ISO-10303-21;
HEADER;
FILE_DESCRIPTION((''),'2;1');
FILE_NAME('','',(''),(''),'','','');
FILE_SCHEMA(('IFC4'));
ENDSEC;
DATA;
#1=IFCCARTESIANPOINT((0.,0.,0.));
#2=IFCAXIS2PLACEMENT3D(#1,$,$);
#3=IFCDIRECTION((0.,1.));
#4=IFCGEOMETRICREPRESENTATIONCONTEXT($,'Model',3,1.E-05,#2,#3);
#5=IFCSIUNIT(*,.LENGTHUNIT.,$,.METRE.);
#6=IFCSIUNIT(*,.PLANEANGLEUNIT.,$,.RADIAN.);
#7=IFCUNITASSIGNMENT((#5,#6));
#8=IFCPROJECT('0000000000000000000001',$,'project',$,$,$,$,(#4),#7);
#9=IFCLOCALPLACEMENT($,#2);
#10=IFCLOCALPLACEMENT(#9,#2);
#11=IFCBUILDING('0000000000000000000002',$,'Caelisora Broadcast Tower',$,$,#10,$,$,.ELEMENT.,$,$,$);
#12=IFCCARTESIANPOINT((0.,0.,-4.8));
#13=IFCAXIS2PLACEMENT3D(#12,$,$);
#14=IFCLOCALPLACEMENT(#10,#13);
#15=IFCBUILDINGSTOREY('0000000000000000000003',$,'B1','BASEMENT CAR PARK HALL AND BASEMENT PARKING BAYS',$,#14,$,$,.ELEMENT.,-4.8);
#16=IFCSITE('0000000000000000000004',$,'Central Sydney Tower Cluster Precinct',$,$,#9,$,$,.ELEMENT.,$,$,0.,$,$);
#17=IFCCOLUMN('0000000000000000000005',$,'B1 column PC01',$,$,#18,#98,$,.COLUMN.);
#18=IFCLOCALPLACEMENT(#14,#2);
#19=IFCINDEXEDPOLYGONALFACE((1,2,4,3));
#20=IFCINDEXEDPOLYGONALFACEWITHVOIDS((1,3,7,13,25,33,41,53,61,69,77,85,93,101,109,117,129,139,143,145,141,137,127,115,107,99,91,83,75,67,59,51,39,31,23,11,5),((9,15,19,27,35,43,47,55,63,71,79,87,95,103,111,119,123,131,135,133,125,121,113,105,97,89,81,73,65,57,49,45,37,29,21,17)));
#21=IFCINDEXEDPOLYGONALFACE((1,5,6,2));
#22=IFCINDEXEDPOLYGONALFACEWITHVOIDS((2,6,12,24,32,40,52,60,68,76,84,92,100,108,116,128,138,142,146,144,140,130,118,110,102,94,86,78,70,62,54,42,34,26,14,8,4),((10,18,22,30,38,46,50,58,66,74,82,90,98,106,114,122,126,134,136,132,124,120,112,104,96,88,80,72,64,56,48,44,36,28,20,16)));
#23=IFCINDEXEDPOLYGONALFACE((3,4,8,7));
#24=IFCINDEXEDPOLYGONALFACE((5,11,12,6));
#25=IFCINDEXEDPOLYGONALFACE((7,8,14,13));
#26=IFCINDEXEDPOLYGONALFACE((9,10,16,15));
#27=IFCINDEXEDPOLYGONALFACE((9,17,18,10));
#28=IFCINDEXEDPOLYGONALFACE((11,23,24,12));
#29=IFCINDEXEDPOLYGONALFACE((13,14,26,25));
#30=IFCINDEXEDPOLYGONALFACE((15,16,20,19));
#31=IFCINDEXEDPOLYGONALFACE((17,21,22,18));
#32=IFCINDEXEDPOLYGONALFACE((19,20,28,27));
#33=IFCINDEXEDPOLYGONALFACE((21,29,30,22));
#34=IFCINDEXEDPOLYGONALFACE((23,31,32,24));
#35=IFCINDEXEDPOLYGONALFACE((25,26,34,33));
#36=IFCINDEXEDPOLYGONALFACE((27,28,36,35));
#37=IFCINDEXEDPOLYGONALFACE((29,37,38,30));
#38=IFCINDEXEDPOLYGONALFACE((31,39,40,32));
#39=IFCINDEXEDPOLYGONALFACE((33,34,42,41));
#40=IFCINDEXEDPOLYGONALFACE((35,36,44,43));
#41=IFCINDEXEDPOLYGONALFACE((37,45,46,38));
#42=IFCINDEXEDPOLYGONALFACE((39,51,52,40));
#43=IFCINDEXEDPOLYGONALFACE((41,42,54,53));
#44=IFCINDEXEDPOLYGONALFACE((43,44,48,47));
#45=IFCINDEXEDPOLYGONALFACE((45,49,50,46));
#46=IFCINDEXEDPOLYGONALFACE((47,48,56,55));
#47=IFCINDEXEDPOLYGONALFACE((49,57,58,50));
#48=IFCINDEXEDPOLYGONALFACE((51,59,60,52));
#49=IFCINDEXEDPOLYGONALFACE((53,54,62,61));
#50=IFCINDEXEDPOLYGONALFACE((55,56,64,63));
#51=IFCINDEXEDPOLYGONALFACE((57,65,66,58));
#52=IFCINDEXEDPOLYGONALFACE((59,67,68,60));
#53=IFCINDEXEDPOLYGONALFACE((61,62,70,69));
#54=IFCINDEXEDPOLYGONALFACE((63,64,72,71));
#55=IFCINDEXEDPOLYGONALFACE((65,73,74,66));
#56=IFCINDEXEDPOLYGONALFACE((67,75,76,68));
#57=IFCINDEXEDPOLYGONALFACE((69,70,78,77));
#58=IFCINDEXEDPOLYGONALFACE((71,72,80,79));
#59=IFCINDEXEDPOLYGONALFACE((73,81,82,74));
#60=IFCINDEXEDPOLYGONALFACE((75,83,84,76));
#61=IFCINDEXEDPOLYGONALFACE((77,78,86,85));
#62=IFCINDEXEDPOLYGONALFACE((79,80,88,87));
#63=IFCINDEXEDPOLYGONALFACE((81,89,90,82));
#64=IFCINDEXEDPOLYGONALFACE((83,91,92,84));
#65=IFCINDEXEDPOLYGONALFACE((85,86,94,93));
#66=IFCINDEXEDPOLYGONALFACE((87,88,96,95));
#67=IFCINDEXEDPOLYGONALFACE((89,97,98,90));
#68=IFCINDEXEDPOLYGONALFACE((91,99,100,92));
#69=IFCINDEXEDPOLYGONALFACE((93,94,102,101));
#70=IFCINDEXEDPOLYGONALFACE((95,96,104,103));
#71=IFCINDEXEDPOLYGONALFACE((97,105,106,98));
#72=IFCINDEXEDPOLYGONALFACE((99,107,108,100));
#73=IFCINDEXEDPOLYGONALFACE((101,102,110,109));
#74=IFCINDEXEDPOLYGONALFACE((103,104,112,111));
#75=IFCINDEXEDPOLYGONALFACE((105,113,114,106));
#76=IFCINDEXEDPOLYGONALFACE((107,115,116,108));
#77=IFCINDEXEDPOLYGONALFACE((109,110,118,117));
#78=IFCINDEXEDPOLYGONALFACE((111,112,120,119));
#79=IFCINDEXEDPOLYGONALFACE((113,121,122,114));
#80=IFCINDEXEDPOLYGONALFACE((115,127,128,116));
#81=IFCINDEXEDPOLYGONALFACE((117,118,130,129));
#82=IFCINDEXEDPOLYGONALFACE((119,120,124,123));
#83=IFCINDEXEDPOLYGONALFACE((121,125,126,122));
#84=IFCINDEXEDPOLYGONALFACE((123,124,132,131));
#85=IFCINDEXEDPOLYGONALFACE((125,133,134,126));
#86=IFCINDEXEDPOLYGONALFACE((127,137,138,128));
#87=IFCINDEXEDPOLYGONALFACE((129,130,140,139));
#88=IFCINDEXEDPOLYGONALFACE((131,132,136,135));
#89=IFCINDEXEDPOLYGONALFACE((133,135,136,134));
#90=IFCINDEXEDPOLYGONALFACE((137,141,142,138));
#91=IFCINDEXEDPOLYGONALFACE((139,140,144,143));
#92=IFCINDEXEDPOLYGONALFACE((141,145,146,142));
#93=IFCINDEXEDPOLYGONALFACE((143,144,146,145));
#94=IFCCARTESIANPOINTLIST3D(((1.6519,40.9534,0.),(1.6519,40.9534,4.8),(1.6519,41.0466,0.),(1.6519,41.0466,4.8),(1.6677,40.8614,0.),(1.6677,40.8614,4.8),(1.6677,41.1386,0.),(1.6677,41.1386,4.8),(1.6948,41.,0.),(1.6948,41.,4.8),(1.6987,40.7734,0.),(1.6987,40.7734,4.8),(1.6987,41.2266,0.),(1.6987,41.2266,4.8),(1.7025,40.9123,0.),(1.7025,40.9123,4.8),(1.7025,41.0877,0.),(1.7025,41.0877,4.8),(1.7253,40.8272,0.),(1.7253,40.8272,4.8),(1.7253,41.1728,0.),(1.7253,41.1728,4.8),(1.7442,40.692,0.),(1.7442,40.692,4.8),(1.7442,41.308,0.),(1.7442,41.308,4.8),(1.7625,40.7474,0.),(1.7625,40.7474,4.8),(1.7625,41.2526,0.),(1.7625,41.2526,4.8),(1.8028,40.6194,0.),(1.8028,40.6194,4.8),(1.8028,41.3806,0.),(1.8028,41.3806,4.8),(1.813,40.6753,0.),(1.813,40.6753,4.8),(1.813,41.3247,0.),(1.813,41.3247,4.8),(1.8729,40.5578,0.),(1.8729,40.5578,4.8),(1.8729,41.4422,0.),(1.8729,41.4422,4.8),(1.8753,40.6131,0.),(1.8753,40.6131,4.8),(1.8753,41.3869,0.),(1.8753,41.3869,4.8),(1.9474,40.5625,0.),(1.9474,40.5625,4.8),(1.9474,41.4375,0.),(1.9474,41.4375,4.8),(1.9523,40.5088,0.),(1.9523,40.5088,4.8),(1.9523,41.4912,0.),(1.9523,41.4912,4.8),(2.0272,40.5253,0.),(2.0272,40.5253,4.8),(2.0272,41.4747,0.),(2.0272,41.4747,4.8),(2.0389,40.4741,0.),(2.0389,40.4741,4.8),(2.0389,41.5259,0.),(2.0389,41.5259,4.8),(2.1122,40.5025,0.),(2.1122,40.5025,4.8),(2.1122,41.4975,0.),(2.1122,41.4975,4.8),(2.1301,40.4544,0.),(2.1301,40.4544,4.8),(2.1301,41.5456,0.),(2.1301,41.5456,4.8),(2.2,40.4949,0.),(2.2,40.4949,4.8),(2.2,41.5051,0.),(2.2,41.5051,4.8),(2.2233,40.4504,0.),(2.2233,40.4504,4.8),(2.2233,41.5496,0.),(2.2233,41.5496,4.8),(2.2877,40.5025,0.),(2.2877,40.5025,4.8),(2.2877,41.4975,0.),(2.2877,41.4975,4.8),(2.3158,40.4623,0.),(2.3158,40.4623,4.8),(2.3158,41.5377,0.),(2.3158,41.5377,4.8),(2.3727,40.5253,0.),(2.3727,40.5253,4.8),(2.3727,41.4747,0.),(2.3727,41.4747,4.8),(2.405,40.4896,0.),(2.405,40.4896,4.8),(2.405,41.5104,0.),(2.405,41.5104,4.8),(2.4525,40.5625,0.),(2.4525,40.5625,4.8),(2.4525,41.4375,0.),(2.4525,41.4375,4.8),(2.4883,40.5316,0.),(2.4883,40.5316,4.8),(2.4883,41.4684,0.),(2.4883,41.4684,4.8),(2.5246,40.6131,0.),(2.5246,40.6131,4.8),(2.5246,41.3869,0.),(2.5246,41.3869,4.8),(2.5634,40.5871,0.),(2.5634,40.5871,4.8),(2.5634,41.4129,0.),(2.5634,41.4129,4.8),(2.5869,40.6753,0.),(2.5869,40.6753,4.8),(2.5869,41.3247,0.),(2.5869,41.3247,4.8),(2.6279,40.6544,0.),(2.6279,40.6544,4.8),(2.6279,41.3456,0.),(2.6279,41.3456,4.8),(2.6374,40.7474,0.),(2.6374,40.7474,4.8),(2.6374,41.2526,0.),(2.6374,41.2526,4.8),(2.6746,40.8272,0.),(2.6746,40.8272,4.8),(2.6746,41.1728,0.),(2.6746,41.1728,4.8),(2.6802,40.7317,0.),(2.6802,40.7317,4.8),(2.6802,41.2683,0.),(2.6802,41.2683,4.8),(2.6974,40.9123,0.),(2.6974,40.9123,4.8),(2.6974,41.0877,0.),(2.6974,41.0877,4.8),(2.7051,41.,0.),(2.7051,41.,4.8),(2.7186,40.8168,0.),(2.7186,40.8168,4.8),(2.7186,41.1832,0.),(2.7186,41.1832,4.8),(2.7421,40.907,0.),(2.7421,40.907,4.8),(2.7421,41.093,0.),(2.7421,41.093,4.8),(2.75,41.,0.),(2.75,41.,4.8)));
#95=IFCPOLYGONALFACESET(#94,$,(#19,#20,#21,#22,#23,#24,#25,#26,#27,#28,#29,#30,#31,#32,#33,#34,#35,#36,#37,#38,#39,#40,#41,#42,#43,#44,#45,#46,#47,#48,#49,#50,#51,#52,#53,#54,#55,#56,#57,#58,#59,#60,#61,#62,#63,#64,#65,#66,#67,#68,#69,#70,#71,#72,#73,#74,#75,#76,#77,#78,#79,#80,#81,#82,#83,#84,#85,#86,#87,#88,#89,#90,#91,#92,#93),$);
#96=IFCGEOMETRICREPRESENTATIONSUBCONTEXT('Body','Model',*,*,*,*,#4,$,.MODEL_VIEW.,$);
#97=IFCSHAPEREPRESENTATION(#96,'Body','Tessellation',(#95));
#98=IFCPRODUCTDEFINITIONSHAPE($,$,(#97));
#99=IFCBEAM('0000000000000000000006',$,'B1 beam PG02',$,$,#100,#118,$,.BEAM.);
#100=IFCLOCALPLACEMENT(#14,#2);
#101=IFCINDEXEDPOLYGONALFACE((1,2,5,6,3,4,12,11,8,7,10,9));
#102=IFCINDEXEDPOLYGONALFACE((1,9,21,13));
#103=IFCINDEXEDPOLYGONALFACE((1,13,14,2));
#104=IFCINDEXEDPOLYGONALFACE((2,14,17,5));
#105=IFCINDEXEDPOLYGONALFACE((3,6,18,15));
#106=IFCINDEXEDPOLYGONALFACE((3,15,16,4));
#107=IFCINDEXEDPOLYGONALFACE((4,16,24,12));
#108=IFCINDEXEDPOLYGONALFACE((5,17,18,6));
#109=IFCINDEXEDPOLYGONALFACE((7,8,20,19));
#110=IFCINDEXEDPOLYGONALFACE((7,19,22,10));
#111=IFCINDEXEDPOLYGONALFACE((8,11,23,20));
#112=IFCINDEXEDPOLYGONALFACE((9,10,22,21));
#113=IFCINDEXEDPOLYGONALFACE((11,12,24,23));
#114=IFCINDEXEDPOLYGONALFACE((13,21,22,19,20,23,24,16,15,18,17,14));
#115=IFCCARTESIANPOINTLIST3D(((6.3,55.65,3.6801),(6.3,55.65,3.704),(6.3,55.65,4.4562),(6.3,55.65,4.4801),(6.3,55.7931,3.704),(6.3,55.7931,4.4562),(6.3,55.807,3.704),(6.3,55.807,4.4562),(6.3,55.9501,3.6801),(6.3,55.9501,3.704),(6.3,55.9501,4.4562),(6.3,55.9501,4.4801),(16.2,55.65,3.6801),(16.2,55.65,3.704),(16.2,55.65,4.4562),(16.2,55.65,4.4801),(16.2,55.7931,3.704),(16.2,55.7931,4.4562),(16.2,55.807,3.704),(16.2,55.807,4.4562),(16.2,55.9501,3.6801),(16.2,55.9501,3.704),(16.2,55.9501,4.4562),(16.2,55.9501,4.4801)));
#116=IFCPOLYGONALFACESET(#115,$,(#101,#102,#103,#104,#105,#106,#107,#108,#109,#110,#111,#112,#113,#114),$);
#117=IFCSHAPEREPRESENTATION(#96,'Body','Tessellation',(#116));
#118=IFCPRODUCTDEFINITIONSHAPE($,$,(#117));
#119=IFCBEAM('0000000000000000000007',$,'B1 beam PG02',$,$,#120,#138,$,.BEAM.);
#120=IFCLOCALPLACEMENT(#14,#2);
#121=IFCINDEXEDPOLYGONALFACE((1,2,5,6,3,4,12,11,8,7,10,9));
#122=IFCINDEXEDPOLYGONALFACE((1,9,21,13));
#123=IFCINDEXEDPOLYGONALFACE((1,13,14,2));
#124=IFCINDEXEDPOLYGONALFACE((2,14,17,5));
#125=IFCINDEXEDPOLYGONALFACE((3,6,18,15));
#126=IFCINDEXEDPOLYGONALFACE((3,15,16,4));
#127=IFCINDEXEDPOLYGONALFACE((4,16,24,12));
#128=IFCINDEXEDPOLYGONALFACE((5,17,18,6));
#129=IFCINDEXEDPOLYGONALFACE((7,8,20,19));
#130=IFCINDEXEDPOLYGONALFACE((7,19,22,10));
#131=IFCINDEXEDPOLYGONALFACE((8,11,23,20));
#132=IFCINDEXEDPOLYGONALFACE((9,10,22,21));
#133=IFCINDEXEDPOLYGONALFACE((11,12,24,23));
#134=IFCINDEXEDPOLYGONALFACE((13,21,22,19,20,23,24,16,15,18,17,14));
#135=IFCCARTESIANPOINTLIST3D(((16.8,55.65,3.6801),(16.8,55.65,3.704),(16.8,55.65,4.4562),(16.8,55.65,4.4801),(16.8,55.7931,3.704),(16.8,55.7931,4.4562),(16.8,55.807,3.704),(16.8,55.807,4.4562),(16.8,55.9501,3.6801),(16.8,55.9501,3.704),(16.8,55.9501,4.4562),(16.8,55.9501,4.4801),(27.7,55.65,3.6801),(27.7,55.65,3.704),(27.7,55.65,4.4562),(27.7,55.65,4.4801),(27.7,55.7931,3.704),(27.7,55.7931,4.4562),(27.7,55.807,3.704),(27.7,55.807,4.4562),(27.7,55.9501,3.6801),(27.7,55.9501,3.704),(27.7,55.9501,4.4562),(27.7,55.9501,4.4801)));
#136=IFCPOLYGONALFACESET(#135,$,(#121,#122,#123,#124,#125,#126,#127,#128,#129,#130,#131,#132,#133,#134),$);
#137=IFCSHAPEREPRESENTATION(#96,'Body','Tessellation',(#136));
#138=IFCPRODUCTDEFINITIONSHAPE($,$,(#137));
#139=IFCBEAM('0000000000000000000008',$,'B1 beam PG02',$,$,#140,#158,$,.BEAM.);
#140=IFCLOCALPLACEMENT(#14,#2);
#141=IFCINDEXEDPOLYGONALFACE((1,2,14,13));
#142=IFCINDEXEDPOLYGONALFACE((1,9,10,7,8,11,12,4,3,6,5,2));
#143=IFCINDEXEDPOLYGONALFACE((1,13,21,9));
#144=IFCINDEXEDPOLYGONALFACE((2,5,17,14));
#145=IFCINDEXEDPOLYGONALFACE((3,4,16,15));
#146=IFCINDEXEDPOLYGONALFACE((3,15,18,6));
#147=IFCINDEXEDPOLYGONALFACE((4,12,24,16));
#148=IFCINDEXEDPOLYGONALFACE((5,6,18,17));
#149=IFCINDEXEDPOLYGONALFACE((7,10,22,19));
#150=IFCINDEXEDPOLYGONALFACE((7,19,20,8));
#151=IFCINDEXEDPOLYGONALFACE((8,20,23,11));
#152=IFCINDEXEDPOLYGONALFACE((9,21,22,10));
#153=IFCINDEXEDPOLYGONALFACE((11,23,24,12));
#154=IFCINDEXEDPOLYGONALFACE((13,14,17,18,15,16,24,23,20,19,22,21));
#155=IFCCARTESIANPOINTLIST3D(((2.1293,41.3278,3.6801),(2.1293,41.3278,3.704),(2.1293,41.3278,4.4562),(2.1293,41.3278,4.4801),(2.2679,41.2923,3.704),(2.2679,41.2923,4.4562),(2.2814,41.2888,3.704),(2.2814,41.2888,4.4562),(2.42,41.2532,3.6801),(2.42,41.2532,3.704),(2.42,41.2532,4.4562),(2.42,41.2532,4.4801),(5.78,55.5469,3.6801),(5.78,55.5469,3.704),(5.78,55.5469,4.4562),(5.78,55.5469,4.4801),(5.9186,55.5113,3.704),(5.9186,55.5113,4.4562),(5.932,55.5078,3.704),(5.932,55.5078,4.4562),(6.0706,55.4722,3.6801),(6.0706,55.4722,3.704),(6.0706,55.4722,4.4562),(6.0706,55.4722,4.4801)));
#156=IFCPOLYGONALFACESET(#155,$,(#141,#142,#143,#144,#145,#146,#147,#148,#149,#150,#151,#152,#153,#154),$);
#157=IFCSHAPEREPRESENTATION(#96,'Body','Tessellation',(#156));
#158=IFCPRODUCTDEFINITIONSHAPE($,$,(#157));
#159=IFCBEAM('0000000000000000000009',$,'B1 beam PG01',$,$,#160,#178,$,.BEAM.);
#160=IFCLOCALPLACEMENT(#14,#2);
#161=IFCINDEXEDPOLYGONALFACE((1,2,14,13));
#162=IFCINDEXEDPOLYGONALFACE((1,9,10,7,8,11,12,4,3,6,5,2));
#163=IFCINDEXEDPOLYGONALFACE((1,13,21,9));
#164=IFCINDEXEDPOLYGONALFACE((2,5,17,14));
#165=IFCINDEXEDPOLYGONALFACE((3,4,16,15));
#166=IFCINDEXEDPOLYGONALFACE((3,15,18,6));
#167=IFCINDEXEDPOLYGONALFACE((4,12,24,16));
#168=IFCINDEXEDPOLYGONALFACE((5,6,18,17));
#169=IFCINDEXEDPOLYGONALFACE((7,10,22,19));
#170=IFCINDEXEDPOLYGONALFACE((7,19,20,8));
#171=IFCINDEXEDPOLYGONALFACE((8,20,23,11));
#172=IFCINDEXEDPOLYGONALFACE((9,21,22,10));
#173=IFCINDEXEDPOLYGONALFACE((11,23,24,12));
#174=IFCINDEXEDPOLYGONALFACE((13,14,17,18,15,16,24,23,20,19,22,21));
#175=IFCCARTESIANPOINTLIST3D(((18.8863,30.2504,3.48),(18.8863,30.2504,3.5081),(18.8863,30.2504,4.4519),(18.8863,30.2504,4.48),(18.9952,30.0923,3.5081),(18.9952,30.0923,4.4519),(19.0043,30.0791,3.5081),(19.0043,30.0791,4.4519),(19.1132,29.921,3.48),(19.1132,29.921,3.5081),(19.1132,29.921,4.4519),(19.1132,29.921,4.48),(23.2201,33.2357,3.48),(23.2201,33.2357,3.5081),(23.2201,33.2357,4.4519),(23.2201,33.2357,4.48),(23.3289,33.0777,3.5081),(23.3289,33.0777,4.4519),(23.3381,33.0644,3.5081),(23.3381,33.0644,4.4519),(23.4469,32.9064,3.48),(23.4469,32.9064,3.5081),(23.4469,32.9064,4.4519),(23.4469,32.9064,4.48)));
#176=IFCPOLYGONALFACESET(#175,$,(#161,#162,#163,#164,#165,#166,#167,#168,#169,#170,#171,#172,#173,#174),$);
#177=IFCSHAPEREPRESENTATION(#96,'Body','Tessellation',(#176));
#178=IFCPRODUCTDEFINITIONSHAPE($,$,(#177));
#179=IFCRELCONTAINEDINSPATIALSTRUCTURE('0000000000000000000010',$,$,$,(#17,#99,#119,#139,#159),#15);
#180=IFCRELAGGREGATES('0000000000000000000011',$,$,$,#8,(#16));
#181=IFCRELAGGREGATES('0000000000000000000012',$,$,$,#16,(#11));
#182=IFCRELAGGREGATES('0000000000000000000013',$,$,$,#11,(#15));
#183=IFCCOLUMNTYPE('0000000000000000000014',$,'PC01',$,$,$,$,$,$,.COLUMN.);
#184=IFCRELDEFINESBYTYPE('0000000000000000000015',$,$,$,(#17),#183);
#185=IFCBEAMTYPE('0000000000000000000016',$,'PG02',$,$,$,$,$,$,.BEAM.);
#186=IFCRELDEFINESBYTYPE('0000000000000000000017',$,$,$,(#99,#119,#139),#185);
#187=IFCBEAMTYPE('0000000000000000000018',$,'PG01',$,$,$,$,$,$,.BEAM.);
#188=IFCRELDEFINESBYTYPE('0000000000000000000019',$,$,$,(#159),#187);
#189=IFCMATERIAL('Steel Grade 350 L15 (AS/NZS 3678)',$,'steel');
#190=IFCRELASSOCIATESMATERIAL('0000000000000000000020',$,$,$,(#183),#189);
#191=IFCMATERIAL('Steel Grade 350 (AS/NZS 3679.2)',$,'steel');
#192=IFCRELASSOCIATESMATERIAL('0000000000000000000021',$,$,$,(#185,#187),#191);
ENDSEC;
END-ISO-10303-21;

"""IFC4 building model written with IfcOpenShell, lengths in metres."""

from ifc_helpers import new_model, si_unit, direction, frame, origin, origin_2d, place, context, subcontext, project, spatial, hollow_circle, i_section, extrude, source, transform, mapped, material, material_profile, profile_set, type_object, type_shapes, element, save


model = new_model("IFC4")

# Units and contexts
model_context = context("Model", 3, precision=1e-05, world=origin(), true_north=direction((0.0, 1.0)))
body_context = subcontext(model_context, "Body", "Model", "MODEL_VIEW")
ifc_project = project(units=[si_unit("LENGTHUNIT", "METRE"), si_unit("PLANEANGLEUNIT", "RADIAN")], contexts=[model_context])

# Site, building, storey
site_placement = place(None, origin())
site = spatial("IfcSite", under=ifc_project, at=site_placement, Name="Central Sydney Tower Cluster Precinct", CompositionType="ELEMENT", RefElevation=0.0)
building_placement = place(site_placement, origin())
building = spatial("IfcBuilding", under=site, at=building_placement, Name="Caelisora Broadcast Tower", CompositionType="ELEMENT")
storey_placement = place(building_placement, frame((0.0, 0.0, -4.8)))
storey = spatial("IfcBuildingStorey", under=building, at=storey_placement, Name="B1", Description="BASEMENT CAR PARK HALL AND BASEMENT PARKING BAYS", CompositionType="ELEMENT", Elevation=-4.8)

# Column
ifc_material_1 = material(Name="Steel Grade 350 L15 (AS/NZS 3678)", Category="steel")
ifc_material_profile_1 = material_profile(ifc_material_1, hollow_circle(Radius=0.55, WallThickness=0.0449, at=origin_2d()), Name="Steel Grade 350 L15 (AS/NZS 3678)")
ifc_profile_set_1 = profile_set([ifc_material_profile_1], Name="Steel Grade 350 L15 (AS/NZS 3678)")
column_type_1 = type_object("IfcColumnType", Name="PC01", PredefinedType="COLUMN", material=ifc_profile_set_1)
shared_shape_1 = source(origin(), body_context, "Body", "SweptSolid", [
    extrude(hollow_circle(Radius=0.55, WallThickness=0.0449, at=origin_2d()), origin(), (0.0, 0.0, 1.0), 4.8),
])
type_shapes(column_type_1, [shared_shape_1])
for number, where, z_axis, x_axis, name in (
    (1, (2.2, 41.0, 0.0), (0.0, 0.0, 1.0), (1.0, 0.0, 0.0), "B1 column PC01"),
):
    element("IfcColumn", number, at=place(storey_placement, frame(where, z_axis=z_axis, x_axis=x_axis)), inside=storey, type_object=column_type_1, Name=name, PredefinedType="COLUMN", context=body_context, shape_type="MappedRepresentation", body=[
        mapped(shared_shape_1, transform((0.0, 0.0, 0.0), scale=1.0)),
    ])

# Beams
ifc_material_2 = material(Name="Steel Grade 350 (AS/NZS 3679.2)", Category="steel")
ifc_material_profile_2 = material_profile(ifc_material_2, i_section(OverallWidth=0.3, OverallDepth=0.8, WebThickness=0.0139, FlangeThickness=0.0239, at=origin_2d()), Name="Steel Grade 350 (AS/NZS 3679.2)")
ifc_profile_set_2 = profile_set([ifc_material_profile_2], Name="Steel Grade 350 (AS/NZS 3679.2)")
beam_type_1 = type_object("IfcBeamType", Name="PG02", PredefinedType="BEAM", material=ifc_profile_set_2)
shared_shape_2 = source(origin(), body_context, "Body", "SweptSolid", [
    extrude(i_section(OverallWidth=0.3, OverallDepth=0.8, WebThickness=0.0139, FlangeThickness=0.0239, at=origin_2d()), origin(), (0.0, 0.0, 1.0), 9.8999),
])
beam_1_placement = place(storey_placement, frame((6.3, 55.8, 4.0801), z_axis=(1.0, 0.0, 0.0), x_axis=(0.0, 1.0, 0.0)))
element("IfcBeam", 2, at=beam_1_placement, inside=storey, type_object=beam_type_1, Name="B1 beam PG02", PredefinedType="BEAM", context=body_context, shape_type="MappedRepresentation", body=[
    mapped(shared_shape_2, transform((0.0, 0.0, 0.0), scale=1.0)),
])
shared_shape_3 = source(origin(), body_context, "Body", "SweptSolid", [
    extrude(i_section(OverallWidth=0.3, OverallDepth=0.8, WebThickness=0.0139, FlangeThickness=0.0239, at=origin_2d()), origin(), (0.0, 0.0, 1.0), 10.8999),
])
beam_2_placement = place(storey_placement, frame((16.8, 55.8, 4.0801), z_axis=(1.0, 0.0, 0.0), x_axis=(0.0, 1.0, 0.0)))
element("IfcBeam", 3, at=beam_2_placement, inside=storey, type_object=beam_type_1, Name="B1 beam PG02", PredefinedType="BEAM", context=body_context, shape_type="MappedRepresentation", body=[
    mapped(shared_shape_3, transform((0.0, 0.0, 0.0), scale=1.0)),
])
shared_shape_4 = source(origin(), body_context, "Body", "SweptSolid", [
    extrude(i_section(OverallWidth=0.3, OverallDepth=0.8, WebThickness=0.0139, FlangeThickness=0.0239, at=origin_2d()), origin(), (0.0, 0.0, 1.0), 14.6802),
])
type_shapes(beam_type_1, [shared_shape_2, shared_shape_3, shared_shape_4])
beam_3_placement = place(storey_placement, frame((2.2747, 41.2905, 4.0801), z_axis=(0.248678, 0.968586, 0.0), x_axis=(-0.968586, 0.248678, 0.0)))
element("IfcBeam", 4, at=beam_3_placement, inside=storey, type_object=beam_type_1, Name="B1 beam PG02", PredefinedType="BEAM", context=body_context, shape_type="MappedRepresentation", body=[
    mapped(shared_shape_4, transform((0.0, 0.0, 0.0), scale=1.0)),
])
ifc_material_profile_3 = material_profile(ifc_material_2, i_section(OverallWidth=0.3999, OverallDepth=1.0, WebThickness=0.0161, FlangeThickness=0.0281, at=origin_2d()), Name="Steel Grade 350 (AS/NZS 3679.2)")
ifc_profile_set_3 = profile_set([ifc_material_profile_3], Name="Steel Grade 350 (AS/NZS 3679.2)")
beam_type_2 = type_object("IfcBeamType", Name="PG01", PredefinedType="BEAM", material=ifc_profile_set_3)
shared_shape_5 = source(origin(), body_context, "Body", "SweptSolid", [
    extrude(i_section(OverallWidth=0.3999, OverallDepth=1.0, WebThickness=0.0161, FlangeThickness=0.0281, at=origin_2d()), origin(), (0.0, 0.0, 1.0), 5.2625),
])
beam_4_placement = place(storey_placement, frame((23.3335, 33.071, 3.98), z_axis=(-0.823518, -0.567291, 0.0), x_axis=(0.567291, -0.823518, 0.0)))
element("IfcBeam", 5, at=beam_4_placement, inside=storey, type_object=beam_type_2, Name="B1 beam PG01", PredefinedType="BEAM", context=body_context, shape_type="MappedRepresentation", body=[
    mapped(shared_shape_5, transform((0.0, 0.0, 0.0), scale=1.0)),
])

save(model, "model.ifc")
